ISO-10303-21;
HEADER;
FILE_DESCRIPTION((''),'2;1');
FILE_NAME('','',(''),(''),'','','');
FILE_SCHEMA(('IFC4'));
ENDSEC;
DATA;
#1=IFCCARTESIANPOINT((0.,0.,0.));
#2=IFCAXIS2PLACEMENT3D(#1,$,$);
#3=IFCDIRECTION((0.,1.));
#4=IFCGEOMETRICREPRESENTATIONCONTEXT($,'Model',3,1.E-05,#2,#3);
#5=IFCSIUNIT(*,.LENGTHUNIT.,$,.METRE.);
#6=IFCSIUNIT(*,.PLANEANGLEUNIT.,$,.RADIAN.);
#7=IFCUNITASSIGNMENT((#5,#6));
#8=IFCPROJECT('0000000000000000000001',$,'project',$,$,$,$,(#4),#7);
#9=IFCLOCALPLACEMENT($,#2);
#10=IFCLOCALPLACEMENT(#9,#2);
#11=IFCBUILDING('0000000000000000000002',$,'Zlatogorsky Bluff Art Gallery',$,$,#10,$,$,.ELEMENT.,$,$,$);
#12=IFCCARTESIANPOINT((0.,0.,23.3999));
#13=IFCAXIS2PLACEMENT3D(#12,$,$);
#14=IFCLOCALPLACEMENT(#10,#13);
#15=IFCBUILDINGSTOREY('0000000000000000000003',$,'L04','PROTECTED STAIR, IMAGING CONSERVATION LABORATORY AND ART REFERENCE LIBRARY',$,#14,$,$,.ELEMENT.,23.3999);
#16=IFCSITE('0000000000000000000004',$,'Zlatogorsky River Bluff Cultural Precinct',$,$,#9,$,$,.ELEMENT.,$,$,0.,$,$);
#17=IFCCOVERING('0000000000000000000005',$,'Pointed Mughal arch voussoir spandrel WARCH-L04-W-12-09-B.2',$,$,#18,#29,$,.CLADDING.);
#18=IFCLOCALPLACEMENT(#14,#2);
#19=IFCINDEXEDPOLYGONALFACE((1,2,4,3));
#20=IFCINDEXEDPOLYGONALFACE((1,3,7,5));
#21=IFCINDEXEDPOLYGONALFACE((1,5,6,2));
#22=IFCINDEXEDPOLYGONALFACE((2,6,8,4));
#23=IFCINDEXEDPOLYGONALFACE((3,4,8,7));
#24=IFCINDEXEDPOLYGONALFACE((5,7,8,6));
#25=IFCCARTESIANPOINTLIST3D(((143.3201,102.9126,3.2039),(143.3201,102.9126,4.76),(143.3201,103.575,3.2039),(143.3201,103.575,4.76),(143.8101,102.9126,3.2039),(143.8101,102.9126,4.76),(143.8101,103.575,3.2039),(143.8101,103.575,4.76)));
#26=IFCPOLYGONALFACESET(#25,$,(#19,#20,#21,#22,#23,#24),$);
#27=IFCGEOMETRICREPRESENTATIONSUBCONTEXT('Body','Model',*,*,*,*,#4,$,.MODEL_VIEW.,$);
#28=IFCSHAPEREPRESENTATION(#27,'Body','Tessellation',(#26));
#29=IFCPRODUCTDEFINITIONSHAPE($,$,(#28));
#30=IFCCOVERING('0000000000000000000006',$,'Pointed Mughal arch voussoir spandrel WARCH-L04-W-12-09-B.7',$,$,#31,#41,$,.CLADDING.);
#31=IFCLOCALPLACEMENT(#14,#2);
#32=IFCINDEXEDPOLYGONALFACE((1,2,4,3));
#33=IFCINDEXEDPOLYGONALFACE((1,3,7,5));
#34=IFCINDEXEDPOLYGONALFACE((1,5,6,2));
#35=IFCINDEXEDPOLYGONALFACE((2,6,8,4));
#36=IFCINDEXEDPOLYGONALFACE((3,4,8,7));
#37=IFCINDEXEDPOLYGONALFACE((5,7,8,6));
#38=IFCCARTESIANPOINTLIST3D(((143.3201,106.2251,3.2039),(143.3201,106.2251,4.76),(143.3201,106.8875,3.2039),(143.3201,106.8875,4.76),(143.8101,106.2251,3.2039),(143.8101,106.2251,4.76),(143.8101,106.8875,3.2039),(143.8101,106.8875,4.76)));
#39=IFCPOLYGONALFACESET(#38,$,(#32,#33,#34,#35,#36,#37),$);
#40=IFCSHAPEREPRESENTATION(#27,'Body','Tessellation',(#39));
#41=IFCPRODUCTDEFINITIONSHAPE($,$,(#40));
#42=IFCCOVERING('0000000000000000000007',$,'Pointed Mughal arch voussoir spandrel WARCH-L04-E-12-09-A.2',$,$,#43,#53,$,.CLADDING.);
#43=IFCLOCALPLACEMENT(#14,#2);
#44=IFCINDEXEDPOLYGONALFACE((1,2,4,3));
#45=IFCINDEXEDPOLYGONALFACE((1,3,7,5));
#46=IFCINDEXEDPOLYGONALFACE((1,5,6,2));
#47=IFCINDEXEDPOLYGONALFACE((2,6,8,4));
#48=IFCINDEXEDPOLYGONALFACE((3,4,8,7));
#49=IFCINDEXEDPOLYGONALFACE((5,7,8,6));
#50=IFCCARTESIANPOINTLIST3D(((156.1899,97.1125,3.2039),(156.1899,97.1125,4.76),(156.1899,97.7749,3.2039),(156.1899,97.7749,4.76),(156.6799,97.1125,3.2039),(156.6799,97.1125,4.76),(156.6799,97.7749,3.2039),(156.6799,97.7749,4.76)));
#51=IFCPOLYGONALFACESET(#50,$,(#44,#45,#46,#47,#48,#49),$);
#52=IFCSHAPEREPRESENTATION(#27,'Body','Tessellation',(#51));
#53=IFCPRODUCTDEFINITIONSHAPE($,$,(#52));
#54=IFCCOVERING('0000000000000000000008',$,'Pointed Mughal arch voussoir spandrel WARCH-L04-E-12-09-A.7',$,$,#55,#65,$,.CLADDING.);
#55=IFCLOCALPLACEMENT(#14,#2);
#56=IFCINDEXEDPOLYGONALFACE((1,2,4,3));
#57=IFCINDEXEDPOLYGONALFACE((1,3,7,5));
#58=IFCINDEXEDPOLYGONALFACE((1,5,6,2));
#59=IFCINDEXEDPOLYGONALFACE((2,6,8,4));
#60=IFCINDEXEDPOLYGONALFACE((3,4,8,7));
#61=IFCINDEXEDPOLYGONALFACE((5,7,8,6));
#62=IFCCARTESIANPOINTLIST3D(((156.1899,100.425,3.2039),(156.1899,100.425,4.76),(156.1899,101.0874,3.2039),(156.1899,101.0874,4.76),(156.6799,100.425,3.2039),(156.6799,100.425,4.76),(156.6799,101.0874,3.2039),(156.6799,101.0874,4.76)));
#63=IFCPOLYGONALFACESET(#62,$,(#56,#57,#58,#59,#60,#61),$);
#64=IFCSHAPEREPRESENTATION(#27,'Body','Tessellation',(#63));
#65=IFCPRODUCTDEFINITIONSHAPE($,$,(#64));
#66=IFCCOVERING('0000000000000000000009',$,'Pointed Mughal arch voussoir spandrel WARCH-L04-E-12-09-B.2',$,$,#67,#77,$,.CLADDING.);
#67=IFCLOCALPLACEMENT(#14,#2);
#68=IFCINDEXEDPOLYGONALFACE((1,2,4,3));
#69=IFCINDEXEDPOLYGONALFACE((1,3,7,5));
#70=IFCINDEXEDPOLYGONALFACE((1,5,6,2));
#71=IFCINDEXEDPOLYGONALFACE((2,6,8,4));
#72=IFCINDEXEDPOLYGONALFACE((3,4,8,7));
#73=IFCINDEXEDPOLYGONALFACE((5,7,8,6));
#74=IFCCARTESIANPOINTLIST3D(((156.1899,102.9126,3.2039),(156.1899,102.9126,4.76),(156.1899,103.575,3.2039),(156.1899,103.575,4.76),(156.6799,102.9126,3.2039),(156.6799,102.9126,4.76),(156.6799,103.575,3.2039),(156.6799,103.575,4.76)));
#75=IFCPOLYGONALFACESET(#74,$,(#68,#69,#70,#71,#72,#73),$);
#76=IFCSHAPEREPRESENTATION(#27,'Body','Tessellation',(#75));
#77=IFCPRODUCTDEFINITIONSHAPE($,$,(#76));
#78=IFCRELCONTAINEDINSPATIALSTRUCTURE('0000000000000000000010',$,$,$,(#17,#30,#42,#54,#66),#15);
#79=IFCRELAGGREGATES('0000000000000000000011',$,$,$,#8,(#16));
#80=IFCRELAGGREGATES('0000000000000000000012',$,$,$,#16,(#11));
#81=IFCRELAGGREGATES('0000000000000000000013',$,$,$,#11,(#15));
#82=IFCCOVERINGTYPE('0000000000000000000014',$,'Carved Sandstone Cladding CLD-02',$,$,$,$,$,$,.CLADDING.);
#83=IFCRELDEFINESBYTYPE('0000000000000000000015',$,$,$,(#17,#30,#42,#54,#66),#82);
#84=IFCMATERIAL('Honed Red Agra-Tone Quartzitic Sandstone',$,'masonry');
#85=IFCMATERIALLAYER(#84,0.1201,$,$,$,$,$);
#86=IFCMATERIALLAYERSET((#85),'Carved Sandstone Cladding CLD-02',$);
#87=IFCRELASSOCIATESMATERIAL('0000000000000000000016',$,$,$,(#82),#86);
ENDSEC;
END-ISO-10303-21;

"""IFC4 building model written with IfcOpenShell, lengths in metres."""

from ifc_helpers import new_model, si_unit, direction, frame, origin, place, context, subcontext, project, spatial, polyline, outline, extrude, material, layer, layer_set, type_object, element, save


model = new_model("IFC4")

# Units and contexts
model_context = context("Model", 3, precision=1e-05, world=origin(), true_north=direction((0.0, 1.0)))
body_context = subcontext(model_context, "Body", "Model", "MODEL_VIEW")
ifc_project = project(units=[si_unit("LENGTHUNIT", "METRE"), si_unit("PLANEANGLEUNIT", "RADIAN")], contexts=[model_context])

# Site, building, storey
site_placement = place(None, origin())
site = spatial("IfcSite", under=ifc_project, at=site_placement, Name="Zlatogorsky River Bluff Cultural Precinct", CompositionType="ELEMENT", RefElevation=0.0)
building_placement = place(site_placement, origin())
building = spatial("IfcBuilding", under=site, at=building_placement, Name="Zlatogorsky Bluff Art Gallery", CompositionType="ELEMENT")
storey_placement = place(building_placement, frame((0.0, 0.0, 23.3999)))
storey = spatial("IfcBuildingStorey", under=building, at=storey_placement, Name="L04", Description="PROTECTED STAIR, IMAGING CONSERVATION LABORATORY AND ART REFERENCE LIBRARY", CompositionType="ELEMENT", Elevation=23.3999)

# Coverings
ifc_material = material(Name="Honed Red Agra-Tone Quartzitic Sandstone", Category="masonry")
ifc_layer = layer(ifc_material, 0.1201)
ifc_layer_set = layer_set([ifc_layer], Name="Carved Sandstone Cladding CLD-02")
covering_type = type_object("IfcCoveringType", Name="Carved Sandstone Cladding CLD-02", PredefinedType="CLADDING", material=ifc_layer_set)
covering_1_placement = place(storey_placement, frame((0.0, 0.0, 3.2039)))
element("IfcCovering", 1, at=covering_1_placement, inside=storey, type_object=covering_type, Name="Pointed Mughal arch voussoir spandrel WARCH-L04-W-12-09-B.2", PredefinedType="CLADDING", context=body_context, shape_type="SweptSolid", body=[
    extrude(outline(polyline([(143.3201, 102.9126), (143.3201, 103.575), (143.8101, 103.575), (143.8101, 102.9126), (143.3201, 102.9126)])), origin(), (0.0, 0.0, 1.0), 1.5562),
])
covering_2_placement = place(storey_placement, frame((0.0, 0.0, 3.2039)))
element("IfcCovering", 2, at=covering_2_placement, inside=storey, type_object=covering_type, Name="Pointed Mughal arch voussoir spandrel WARCH-L04-W-12-09-B.7", PredefinedType="CLADDING", context=body_context, shape_type="SweptSolid", body=[
    extrude(outline(polyline([(143.3201, 106.2251), (143.3201, 106.8875), (143.8101, 106.8875), (143.8101, 106.2251), (143.3201, 106.2251)])), origin(), (0.0, 0.0, 1.0), 1.5562),
])
covering_3_placement = place(storey_placement, frame((0.0, 0.0, 3.2039)))
element("IfcCovering", 3, at=covering_3_placement, inside=storey, type_object=covering_type, Name="Pointed Mughal arch voussoir spandrel WARCH-L04-E-12-09-A.2", PredefinedType="CLADDING", context=body_context, shape_type="SweptSolid", body=[
    extrude(outline(polyline([(156.1899, 97.1125), (156.1899, 97.7749), (156.6799, 97.7749), (156.6799, 97.1125), (156.1899, 97.1125)])), origin(), (0.0, 0.0, 1.0), 1.5562),
])
covering_4_placement = place(storey_placement, frame((0.0, 0.0, 3.2039)))
element("IfcCovering", 4, at=covering_4_placement, inside=storey, type_object=covering_type, Name="Pointed Mughal arch voussoir spandrel WARCH-L04-E-12-09-A.7", PredefinedType="CLADDING", context=body_context, shape_type="SweptSolid", body=[
    extrude(outline(polyline([(156.1899, 100.425), (156.1899, 101.0874), (156.6799, 101.0874), (156.6799, 100.425), (156.1899, 100.425)])), origin(), (0.0, 0.0, 1.0), 1.5562),
])
covering_5_placement = place(storey_placement, frame((0.0, 0.0, 3.2039)))
element("IfcCovering", 5, at=covering_5_placement, inside=storey, type_object=covering_type, Name="Pointed Mughal arch voussoir spandrel WARCH-L04-E-12-09-B.2", PredefinedType="CLADDING", context=body_context, shape_type="SweptSolid", body=[
    extrude(outline(polyline([(156.1899, 102.9126), (156.1899, 103.575), (156.6799, 103.575), (156.6799, 102.9126), (156.1899, 102.9126)])), origin(), (0.0, 0.0, 1.0), 1.5562),
])

save(model, "model.ifc")
